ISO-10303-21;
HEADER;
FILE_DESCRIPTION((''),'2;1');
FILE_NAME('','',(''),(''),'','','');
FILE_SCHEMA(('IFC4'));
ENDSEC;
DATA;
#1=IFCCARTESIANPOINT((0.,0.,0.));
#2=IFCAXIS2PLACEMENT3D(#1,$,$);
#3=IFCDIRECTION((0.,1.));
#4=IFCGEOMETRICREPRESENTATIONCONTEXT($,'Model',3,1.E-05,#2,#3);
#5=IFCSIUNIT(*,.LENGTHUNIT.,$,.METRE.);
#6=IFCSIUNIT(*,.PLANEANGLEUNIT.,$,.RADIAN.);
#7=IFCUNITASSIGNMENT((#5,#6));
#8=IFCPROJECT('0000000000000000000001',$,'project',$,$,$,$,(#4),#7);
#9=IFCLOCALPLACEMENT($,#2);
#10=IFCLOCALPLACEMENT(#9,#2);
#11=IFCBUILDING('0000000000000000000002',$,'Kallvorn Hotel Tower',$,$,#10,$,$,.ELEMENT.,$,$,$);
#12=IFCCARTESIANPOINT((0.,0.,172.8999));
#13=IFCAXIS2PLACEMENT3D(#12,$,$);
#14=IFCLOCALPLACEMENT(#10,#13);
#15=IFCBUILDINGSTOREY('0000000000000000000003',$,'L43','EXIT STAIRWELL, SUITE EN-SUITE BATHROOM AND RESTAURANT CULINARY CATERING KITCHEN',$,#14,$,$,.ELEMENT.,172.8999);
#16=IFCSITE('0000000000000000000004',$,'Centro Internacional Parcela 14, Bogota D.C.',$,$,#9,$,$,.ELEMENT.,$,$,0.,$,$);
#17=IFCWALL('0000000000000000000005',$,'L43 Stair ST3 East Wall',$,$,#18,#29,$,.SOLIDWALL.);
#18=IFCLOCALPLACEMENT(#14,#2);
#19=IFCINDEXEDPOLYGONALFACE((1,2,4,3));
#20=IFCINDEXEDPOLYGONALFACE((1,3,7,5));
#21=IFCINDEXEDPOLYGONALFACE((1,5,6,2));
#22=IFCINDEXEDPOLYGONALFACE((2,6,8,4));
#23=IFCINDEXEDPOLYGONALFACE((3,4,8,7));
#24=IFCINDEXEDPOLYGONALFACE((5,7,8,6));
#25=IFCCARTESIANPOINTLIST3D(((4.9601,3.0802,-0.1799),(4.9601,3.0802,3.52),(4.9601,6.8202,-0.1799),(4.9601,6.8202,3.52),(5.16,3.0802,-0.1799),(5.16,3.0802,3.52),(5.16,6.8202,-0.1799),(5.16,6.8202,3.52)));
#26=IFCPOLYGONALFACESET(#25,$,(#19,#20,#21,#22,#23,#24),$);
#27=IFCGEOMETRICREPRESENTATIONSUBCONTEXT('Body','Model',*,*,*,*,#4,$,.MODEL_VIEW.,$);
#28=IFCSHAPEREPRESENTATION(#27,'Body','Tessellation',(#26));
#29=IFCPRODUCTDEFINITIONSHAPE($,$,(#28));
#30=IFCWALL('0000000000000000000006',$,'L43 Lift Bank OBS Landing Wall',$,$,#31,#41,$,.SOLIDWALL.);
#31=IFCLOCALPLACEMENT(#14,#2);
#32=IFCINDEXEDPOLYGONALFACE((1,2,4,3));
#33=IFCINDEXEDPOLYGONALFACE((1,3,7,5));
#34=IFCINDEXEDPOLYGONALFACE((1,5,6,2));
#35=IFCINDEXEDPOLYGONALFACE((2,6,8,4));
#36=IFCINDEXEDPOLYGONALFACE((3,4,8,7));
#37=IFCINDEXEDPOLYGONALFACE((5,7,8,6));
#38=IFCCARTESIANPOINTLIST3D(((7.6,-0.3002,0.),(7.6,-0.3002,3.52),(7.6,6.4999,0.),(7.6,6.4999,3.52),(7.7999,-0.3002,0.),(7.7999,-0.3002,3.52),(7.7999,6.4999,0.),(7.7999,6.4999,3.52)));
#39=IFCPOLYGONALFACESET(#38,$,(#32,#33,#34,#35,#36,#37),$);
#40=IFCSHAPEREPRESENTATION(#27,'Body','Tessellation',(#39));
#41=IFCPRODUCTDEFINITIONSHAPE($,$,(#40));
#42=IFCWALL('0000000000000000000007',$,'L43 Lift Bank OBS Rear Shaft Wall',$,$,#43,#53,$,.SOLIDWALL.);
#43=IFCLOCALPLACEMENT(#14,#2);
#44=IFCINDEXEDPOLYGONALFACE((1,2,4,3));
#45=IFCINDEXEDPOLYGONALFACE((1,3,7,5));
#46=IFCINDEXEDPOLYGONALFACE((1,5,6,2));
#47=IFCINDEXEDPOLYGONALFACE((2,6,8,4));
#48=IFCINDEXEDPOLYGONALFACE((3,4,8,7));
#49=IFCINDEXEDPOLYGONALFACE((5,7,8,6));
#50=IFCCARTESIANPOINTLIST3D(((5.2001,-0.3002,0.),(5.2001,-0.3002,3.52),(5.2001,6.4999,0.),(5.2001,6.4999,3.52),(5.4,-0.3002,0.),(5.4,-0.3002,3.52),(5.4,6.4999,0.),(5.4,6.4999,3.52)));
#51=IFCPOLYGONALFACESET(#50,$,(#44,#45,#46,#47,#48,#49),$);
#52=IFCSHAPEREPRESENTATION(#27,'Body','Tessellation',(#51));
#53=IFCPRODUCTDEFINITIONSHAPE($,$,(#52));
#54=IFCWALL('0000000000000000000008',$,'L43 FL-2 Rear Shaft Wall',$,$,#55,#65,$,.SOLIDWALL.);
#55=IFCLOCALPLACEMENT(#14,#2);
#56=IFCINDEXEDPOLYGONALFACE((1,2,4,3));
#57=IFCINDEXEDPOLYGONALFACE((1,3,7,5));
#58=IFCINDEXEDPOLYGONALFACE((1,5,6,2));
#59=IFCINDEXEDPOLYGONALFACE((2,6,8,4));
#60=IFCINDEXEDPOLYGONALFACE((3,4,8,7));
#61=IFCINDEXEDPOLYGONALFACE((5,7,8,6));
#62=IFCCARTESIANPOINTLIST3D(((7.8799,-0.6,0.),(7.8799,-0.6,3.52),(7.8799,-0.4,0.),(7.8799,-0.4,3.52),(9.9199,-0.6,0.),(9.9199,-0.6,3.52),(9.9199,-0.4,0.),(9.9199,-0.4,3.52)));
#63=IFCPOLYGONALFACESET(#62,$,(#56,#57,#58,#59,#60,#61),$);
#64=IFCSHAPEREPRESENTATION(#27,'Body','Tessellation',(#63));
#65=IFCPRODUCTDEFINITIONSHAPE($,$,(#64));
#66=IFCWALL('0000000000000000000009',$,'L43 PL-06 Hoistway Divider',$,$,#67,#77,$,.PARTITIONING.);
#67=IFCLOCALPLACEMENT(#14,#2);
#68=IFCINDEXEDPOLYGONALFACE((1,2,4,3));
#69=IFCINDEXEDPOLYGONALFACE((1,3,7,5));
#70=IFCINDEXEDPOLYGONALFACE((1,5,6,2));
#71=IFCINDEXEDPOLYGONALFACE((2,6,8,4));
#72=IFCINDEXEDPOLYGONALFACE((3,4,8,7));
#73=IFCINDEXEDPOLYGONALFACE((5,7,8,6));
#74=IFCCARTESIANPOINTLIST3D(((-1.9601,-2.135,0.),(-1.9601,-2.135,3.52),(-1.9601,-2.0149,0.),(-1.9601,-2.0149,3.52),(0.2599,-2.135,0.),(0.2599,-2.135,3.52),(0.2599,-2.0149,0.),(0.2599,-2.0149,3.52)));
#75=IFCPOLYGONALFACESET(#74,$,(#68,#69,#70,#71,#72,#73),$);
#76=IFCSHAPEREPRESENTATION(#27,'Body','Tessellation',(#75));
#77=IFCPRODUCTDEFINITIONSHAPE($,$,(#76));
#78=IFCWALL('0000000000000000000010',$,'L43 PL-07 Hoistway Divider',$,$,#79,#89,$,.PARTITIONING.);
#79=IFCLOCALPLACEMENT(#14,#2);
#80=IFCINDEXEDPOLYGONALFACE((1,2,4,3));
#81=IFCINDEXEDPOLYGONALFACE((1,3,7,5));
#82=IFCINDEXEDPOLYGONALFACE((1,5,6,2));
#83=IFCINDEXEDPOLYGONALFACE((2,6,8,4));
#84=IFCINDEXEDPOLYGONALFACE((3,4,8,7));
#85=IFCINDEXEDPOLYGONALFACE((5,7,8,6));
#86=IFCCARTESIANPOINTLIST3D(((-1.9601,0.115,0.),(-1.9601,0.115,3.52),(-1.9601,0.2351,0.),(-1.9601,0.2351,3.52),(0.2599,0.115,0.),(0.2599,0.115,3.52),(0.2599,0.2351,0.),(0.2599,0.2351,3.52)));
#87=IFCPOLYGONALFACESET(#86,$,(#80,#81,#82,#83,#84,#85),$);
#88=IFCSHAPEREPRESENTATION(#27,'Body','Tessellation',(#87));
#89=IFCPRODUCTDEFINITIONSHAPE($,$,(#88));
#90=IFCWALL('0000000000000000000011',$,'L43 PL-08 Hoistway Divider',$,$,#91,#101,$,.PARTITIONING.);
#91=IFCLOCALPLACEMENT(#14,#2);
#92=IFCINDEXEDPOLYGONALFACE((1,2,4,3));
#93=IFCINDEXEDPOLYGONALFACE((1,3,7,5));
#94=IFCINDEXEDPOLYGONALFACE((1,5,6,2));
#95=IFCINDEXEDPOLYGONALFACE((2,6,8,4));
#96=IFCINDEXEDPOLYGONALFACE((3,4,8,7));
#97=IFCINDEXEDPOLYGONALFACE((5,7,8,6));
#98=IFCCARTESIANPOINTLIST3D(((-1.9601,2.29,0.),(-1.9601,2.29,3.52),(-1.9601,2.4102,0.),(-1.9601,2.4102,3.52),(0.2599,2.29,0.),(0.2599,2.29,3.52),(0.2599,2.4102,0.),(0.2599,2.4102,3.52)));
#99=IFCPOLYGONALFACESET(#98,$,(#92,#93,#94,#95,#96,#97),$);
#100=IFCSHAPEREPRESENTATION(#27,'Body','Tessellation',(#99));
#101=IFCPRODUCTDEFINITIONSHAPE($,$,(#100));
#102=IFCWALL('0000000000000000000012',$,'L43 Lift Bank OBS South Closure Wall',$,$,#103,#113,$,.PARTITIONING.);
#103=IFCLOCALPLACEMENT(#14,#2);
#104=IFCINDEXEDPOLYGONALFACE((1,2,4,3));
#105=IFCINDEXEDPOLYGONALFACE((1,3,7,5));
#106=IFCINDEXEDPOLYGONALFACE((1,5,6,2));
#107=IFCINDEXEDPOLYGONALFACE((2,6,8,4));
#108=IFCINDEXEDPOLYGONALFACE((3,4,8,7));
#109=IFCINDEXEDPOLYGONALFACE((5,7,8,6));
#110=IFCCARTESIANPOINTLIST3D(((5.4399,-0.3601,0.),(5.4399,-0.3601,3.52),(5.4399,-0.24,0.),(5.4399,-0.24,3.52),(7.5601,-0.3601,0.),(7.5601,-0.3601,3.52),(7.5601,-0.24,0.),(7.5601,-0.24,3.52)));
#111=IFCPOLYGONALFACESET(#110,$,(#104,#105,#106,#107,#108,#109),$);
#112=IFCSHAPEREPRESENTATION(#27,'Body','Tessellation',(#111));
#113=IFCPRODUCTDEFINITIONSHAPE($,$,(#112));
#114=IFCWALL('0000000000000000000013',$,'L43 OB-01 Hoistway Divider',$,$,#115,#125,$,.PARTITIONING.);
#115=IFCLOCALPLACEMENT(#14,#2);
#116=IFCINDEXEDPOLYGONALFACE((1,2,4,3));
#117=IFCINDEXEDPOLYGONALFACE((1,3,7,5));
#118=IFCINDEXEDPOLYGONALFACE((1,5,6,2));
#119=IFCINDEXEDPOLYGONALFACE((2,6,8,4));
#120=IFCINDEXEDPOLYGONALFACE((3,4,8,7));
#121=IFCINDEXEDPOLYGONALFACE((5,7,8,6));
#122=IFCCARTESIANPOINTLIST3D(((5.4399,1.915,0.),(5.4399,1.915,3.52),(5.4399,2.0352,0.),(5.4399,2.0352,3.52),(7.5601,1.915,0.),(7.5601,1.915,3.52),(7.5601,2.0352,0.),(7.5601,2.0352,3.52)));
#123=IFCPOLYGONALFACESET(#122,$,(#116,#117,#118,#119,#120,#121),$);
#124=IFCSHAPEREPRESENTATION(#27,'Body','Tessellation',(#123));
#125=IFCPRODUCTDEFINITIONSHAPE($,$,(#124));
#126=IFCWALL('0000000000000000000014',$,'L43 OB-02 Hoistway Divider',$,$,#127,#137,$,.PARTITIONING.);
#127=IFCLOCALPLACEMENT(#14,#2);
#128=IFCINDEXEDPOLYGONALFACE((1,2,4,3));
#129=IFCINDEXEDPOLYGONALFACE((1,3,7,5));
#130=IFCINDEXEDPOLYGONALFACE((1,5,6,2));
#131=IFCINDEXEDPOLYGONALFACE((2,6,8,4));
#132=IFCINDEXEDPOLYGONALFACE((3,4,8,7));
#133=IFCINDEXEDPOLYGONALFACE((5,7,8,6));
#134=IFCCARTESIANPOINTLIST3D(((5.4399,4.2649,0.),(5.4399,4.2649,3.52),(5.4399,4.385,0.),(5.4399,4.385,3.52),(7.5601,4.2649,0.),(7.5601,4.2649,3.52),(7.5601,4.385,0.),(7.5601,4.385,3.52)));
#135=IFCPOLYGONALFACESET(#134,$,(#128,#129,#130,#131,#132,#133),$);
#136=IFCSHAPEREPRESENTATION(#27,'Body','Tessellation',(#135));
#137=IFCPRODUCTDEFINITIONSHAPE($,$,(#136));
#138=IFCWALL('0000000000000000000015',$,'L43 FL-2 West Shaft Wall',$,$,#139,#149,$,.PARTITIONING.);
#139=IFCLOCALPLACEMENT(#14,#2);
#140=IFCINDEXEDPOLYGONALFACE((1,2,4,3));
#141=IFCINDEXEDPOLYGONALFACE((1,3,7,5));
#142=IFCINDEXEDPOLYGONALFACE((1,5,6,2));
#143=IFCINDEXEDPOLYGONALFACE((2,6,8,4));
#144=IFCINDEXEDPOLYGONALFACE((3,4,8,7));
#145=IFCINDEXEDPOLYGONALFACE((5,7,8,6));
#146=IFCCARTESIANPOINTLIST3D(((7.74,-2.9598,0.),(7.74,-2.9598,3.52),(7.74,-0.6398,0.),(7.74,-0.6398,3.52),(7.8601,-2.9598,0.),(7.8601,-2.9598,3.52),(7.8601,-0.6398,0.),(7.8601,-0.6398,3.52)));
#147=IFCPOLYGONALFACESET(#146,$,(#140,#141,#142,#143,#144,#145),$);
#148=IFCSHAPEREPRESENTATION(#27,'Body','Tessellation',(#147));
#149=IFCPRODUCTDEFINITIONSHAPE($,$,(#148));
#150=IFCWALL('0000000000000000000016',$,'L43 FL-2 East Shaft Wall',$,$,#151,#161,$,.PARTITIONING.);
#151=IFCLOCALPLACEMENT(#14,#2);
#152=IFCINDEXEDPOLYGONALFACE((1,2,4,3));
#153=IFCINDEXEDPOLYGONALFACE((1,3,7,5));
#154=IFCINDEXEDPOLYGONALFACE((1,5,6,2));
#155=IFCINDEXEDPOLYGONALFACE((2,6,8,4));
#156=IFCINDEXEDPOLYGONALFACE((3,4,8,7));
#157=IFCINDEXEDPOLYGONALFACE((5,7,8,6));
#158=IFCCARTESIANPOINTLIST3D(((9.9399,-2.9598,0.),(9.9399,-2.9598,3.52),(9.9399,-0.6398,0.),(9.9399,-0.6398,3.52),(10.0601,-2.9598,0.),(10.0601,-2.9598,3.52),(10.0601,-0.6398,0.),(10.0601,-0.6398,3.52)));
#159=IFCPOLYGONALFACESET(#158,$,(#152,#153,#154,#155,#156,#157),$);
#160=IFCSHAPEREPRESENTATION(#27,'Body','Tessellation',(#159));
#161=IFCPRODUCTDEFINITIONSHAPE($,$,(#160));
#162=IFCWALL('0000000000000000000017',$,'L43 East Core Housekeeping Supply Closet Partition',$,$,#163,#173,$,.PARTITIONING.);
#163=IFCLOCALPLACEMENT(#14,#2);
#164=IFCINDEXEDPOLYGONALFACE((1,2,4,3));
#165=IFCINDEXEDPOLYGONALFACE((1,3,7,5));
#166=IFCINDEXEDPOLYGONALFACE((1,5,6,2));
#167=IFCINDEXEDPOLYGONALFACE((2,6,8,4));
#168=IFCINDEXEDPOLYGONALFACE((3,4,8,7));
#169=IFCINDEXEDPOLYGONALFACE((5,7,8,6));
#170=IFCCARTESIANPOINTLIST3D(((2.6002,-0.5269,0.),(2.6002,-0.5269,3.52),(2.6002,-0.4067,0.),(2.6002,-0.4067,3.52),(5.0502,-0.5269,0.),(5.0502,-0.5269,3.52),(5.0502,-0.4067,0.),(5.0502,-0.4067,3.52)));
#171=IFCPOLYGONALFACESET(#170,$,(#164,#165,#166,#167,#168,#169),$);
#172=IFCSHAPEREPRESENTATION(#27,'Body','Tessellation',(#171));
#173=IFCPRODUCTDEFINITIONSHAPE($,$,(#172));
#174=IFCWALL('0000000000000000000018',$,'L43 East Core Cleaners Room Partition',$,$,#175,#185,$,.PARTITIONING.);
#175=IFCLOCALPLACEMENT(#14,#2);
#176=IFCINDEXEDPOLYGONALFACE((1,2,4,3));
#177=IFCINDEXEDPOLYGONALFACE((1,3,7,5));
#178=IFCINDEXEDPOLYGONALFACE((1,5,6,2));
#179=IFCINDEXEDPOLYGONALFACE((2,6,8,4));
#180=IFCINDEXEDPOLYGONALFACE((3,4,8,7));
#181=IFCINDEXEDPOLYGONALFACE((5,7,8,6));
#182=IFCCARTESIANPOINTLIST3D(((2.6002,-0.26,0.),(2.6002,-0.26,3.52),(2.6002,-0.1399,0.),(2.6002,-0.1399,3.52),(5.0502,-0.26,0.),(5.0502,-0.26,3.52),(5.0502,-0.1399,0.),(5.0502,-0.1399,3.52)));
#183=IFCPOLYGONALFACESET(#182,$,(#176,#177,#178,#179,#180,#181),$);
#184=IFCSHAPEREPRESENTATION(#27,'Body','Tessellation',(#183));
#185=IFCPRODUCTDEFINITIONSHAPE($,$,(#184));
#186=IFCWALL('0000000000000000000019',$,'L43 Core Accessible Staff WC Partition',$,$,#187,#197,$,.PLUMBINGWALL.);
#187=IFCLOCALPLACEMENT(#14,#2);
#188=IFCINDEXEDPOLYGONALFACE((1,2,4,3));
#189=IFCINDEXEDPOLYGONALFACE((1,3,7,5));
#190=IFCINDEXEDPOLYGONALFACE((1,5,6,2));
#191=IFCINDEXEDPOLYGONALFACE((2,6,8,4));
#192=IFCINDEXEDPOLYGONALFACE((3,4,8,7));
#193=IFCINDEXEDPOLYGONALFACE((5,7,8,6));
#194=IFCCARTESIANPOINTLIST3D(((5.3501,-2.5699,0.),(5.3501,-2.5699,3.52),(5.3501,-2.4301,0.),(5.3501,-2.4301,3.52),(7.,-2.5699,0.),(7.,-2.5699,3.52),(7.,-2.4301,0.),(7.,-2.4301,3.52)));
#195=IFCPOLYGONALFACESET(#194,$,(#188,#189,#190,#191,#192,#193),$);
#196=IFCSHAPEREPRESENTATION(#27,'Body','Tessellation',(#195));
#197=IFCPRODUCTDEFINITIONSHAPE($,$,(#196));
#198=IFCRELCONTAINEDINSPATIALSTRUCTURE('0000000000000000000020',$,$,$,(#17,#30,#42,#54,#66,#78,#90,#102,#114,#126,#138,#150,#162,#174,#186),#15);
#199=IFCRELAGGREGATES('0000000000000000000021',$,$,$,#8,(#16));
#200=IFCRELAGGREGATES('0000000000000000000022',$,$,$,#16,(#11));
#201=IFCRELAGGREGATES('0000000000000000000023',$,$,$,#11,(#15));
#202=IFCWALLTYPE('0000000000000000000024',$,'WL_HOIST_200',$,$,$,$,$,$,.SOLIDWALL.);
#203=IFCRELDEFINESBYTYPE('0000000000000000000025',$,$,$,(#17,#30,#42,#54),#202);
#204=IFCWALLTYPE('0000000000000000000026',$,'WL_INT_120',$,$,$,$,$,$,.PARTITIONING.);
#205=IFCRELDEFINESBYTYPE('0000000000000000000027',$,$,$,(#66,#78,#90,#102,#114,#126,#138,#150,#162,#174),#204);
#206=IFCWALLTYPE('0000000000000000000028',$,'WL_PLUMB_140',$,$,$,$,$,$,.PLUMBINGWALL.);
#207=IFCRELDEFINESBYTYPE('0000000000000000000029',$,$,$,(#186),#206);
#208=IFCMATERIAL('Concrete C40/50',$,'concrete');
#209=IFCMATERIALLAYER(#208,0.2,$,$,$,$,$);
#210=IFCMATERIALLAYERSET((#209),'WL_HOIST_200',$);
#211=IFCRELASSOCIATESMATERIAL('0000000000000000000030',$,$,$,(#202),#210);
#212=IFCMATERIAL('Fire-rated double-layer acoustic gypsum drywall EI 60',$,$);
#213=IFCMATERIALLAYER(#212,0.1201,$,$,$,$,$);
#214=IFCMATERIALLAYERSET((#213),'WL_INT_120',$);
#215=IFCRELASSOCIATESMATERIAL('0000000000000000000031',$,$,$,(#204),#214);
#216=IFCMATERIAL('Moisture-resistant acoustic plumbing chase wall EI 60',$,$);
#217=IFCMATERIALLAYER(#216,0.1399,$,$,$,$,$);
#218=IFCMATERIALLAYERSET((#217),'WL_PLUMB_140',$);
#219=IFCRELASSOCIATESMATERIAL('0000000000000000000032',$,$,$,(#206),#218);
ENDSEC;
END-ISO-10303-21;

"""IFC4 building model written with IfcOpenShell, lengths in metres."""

from ifc_helpers import new_model, si_unit, direction, frame, frame_2d, origin, place, context, subcontext, project, spatial, rectangle, extrude, material, layer, layer_set, type_object, element, save


model = new_model("IFC4")

# Units and contexts
model_context = context("Model", 3, precision=1e-05, world=origin(), true_north=direction((0.0, 1.0)))
body_context = subcontext(model_context, "Body", "Model", "MODEL_VIEW")
ifc_project = project(units=[si_unit("LENGTHUNIT", "METRE"), si_unit("PLANEANGLEUNIT", "RADIAN")], contexts=[model_context])

# Site, building, storey
site_placement = place(None, origin())
site = spatial("IfcSite", under=ifc_project, at=site_placement, Name="Centro Internacional Parcela 14, Bogota D.C.", CompositionType="ELEMENT", RefElevation=0.0)
building_placement = place(site_placement, origin())
building = spatial("IfcBuilding", under=site, at=building_placement, Name="Kallvorn Hotel Tower", CompositionType="ELEMENT")
storey_placement = place(building_placement, frame((0.0, 0.0, 172.8999)))
storey = spatial("IfcBuildingStorey", under=building, at=storey_placement, Name="L43", Description="EXIT STAIRWELL, SUITE EN-SUITE BATHROOM AND RESTAURANT CULINARY CATERING KITCHEN", CompositionType="ELEMENT", Elevation=172.8999)

# Walls
ifc_material_1 = material(Name="Concrete C40/50", Category="concrete")
ifc_layer_1 = layer(ifc_material_1, 0.2)
ifc_layer_set_1 = layer_set([ifc_layer_1], Name="WL_HOIST_200")
wall_type_1 = type_object("IfcWallType", Name="WL_HOIST_200", PredefinedType="SOLIDWALL", material=ifc_layer_set_1)
wall_1_placement = place(storey_placement, frame((5.0601, 3.0801, -0.1799), z_axis=(0.0, 0.0, 1.0), x_axis=(0.0, 1.0, 0.0)))
element("IfcWall", 1, at=wall_1_placement, inside=storey, type_object=wall_type_1, Name="L43 Stair ST3 East Wall", PredefinedType="SOLIDWALL", context=body_context, shape_type="SweptSolid", body=[
    extrude(rectangle(XDim=3.74, YDim=0.2, at=frame_2d((1.8701, 0.0))), origin(), (0.0, 0.0, 1.0), 3.7),
])
for number, where, z_axis, x_axis, name in (
    (2, (7.7, -0.3, 0.0), (0.0, 0.0, 1.0), (0.0, 1.0, 0.0), "L43 Lift Bank OBS Landing Wall"),
    (3, (5.3, -0.3, 0.0), (0.0, 0.0, 1.0), (0.0, 1.0, 0.0), "L43 Lift Bank OBS Rear Shaft Wall"),
):
    element("IfcWall", number, at=place(storey_placement, frame(where, z_axis=z_axis, x_axis=x_axis)), inside=storey, type_object=wall_type_1, Name=name, PredefinedType="SOLIDWALL", context=body_context, shape_type="SweptSolid", body=[
        extrude(rectangle(XDim=6.8, YDim=0.2, at=frame_2d((3.3999, 0.0))), origin(), (0.0, 0.0, 1.0), 3.52),
    ])
wall_2_placement = place(storey_placement, frame((7.8799, -0.5, 0.0), z_axis=(0.0, 0.0, 1.0), x_axis=(1.0, 0.0, 0.0)))
element("IfcWall", 4, at=wall_2_placement, inside=storey, type_object=wall_type_1, Name="L43 FL-2 Rear Shaft Wall", PredefinedType="SOLIDWALL", context=body_context, shape_type="SweptSolid", body=[
    extrude(rectangle(XDim=2.04, YDim=0.2, at=frame_2d((1.02, 0.0))), origin(), (0.0, 0.0, 1.0), 3.52),
])
ifc_material_2 = material(Name="Fire-rated double-layer acoustic gypsum drywall EI 60")
ifc_layer_2 = layer(ifc_material_2, 0.1201)
ifc_layer_set_2 = layer_set([ifc_layer_2], Name="WL_INT_120")
wall_type_2 = type_object("IfcWallType", Name="WL_INT_120", PredefinedType="PARTITIONING", material=ifc_layer_set_2)
for number, where, z_axis, x_axis, name in (
    (5, (-1.96, -2.075, 0.0), (0.0, 0.0, 1.0), (1.0, 0.0, 0.0), "L43 PL-06 Hoistway Divider"),
    (6, (-1.96, 0.175, 0.0), (0.0, 0.0, 1.0), (1.0, 0.0, 0.0), "L43 PL-07 Hoistway Divider"),
    (7, (-1.96, 2.3501, 0.0), (0.0, 0.0, 1.0), (1.0, 0.0, 0.0), "L43 PL-08 Hoistway Divider"),
):
    element("IfcWall", number, at=place(storey_placement, frame(where, z_axis=z_axis, x_axis=x_axis)), inside=storey, type_object=wall_type_2, Name=name, PredefinedType="PARTITIONING", context=body_context, shape_type="SweptSolid", body=[
        extrude(rectangle(XDim=2.22, YDim=0.1201, at=frame_2d((1.1099, 0.0))), origin(), (0.0, 0.0, 1.0), 3.52),
    ])
for number, where, z_axis, x_axis, name in (
    (8, (5.4399, -0.3, 0.0), (0.0, 0.0, 1.0), (1.0, 0.0, 0.0), "L43 Lift Bank OBS South Closure Wall"),
    (9, (5.4399, 1.9751, 0.0), (0.0, 0.0, 1.0), (1.0, 0.0, 0.0), "L43 OB-01 Hoistway Divider"),
    (10, (5.4399, 4.325, 0.0), (0.0, 0.0, 1.0), (1.0, 0.0, 0.0), "L43 OB-02 Hoistway Divider"),
):
    element("IfcWall", number, at=place(storey_placement, frame(where, z_axis=z_axis, x_axis=x_axis)), inside=storey, type_object=wall_type_2, Name=name, PredefinedType="PARTITIONING", context=body_context, shape_type="SweptSolid", body=[
        extrude(rectangle(XDim=2.1201, YDim=0.1201, at=frame_2d((1.0601, 0.0))), origin(), (0.0, 0.0, 1.0), 3.52),
    ])
for number, where, z_axis, x_axis, name in (
    (11, (7.8, -2.96, 0.0), (0.0, 0.0, 1.0), (0.0, 1.0, 0.0), "L43 FL-2 West Shaft Wall"),
    (12, (10.0, -2.96, 0.0), (0.0, 0.0, 1.0), (0.0, 1.0, 0.0), "L43 FL-2 East Shaft Wall"),
):
    element("IfcWall", number, at=place(storey_placement, frame(where, z_axis=z_axis, x_axis=x_axis)), inside=storey, type_object=wall_type_2, Name=name, PredefinedType="PARTITIONING", context=body_context, shape_type="SweptSolid", body=[
        extrude(rectangle(XDim=2.3201, YDim=0.1201, at=frame_2d((1.1602, 0.0))), origin(), (0.0, 0.0, 1.0), 3.52),
    ])
for number, where, z_axis, x_axis, name in (
    (13, (2.6001, -0.4668, 0.0), (0.0, 0.0, 1.0), (1.0, 0.0, 0.0), "L43 East Core Housekeeping Supply Closet Partition"),
    (14, (2.6001, -0.2, 0.0), (0.0, 0.0, 1.0), (1.0, 0.0, 0.0), "L43 East Core Cleaners Room Partition"),
):
    element("IfcWall", number, at=place(storey_placement, frame(where, z_axis=z_axis, x_axis=x_axis)), inside=storey, type_object=wall_type_2, Name=name, PredefinedType="PARTITIONING", context=body_context, shape_type="SweptSolid", body=[
        extrude(rectangle(XDim=2.45, YDim=0.1201, at=frame_2d((1.2251, 0.0))), origin(), (0.0, 0.0, 1.0), 3.52),
    ])
ifc_material_3 = material(Name="Moisture-resistant acoustic plumbing chase wall EI 60")
ifc_layer_3 = layer(ifc_material_3, 0.1399)
ifc_layer_set_3 = layer_set([ifc_layer_3], Name="WL_PLUMB_140")
wall_type_3 = type_object("IfcWallType", Name="WL_PLUMB_140", PredefinedType="PLUMBINGWALL", material=ifc_layer_set_3)
wall_3_placement = place(storey_placement, frame((5.3501, -2.5, 0.0), z_axis=(0.0, 0.0, 1.0), x_axis=(1.0, 0.0, 0.0)))
element("IfcWall", 15, at=wall_3_placement, inside=storey, type_object=wall_type_3, Name="L43 Core Accessible Staff WC Partition", PredefinedType="PLUMBINGWALL", context=body_context, shape_type="SweptSolid", body=[
    extrude(rectangle(XDim=1.6499, YDim=0.1399, at=frame_2d((0.825, 0.0))), origin(), (0.0, 0.0, 1.0), 3.52),
])

save(model, "model.ifc")
